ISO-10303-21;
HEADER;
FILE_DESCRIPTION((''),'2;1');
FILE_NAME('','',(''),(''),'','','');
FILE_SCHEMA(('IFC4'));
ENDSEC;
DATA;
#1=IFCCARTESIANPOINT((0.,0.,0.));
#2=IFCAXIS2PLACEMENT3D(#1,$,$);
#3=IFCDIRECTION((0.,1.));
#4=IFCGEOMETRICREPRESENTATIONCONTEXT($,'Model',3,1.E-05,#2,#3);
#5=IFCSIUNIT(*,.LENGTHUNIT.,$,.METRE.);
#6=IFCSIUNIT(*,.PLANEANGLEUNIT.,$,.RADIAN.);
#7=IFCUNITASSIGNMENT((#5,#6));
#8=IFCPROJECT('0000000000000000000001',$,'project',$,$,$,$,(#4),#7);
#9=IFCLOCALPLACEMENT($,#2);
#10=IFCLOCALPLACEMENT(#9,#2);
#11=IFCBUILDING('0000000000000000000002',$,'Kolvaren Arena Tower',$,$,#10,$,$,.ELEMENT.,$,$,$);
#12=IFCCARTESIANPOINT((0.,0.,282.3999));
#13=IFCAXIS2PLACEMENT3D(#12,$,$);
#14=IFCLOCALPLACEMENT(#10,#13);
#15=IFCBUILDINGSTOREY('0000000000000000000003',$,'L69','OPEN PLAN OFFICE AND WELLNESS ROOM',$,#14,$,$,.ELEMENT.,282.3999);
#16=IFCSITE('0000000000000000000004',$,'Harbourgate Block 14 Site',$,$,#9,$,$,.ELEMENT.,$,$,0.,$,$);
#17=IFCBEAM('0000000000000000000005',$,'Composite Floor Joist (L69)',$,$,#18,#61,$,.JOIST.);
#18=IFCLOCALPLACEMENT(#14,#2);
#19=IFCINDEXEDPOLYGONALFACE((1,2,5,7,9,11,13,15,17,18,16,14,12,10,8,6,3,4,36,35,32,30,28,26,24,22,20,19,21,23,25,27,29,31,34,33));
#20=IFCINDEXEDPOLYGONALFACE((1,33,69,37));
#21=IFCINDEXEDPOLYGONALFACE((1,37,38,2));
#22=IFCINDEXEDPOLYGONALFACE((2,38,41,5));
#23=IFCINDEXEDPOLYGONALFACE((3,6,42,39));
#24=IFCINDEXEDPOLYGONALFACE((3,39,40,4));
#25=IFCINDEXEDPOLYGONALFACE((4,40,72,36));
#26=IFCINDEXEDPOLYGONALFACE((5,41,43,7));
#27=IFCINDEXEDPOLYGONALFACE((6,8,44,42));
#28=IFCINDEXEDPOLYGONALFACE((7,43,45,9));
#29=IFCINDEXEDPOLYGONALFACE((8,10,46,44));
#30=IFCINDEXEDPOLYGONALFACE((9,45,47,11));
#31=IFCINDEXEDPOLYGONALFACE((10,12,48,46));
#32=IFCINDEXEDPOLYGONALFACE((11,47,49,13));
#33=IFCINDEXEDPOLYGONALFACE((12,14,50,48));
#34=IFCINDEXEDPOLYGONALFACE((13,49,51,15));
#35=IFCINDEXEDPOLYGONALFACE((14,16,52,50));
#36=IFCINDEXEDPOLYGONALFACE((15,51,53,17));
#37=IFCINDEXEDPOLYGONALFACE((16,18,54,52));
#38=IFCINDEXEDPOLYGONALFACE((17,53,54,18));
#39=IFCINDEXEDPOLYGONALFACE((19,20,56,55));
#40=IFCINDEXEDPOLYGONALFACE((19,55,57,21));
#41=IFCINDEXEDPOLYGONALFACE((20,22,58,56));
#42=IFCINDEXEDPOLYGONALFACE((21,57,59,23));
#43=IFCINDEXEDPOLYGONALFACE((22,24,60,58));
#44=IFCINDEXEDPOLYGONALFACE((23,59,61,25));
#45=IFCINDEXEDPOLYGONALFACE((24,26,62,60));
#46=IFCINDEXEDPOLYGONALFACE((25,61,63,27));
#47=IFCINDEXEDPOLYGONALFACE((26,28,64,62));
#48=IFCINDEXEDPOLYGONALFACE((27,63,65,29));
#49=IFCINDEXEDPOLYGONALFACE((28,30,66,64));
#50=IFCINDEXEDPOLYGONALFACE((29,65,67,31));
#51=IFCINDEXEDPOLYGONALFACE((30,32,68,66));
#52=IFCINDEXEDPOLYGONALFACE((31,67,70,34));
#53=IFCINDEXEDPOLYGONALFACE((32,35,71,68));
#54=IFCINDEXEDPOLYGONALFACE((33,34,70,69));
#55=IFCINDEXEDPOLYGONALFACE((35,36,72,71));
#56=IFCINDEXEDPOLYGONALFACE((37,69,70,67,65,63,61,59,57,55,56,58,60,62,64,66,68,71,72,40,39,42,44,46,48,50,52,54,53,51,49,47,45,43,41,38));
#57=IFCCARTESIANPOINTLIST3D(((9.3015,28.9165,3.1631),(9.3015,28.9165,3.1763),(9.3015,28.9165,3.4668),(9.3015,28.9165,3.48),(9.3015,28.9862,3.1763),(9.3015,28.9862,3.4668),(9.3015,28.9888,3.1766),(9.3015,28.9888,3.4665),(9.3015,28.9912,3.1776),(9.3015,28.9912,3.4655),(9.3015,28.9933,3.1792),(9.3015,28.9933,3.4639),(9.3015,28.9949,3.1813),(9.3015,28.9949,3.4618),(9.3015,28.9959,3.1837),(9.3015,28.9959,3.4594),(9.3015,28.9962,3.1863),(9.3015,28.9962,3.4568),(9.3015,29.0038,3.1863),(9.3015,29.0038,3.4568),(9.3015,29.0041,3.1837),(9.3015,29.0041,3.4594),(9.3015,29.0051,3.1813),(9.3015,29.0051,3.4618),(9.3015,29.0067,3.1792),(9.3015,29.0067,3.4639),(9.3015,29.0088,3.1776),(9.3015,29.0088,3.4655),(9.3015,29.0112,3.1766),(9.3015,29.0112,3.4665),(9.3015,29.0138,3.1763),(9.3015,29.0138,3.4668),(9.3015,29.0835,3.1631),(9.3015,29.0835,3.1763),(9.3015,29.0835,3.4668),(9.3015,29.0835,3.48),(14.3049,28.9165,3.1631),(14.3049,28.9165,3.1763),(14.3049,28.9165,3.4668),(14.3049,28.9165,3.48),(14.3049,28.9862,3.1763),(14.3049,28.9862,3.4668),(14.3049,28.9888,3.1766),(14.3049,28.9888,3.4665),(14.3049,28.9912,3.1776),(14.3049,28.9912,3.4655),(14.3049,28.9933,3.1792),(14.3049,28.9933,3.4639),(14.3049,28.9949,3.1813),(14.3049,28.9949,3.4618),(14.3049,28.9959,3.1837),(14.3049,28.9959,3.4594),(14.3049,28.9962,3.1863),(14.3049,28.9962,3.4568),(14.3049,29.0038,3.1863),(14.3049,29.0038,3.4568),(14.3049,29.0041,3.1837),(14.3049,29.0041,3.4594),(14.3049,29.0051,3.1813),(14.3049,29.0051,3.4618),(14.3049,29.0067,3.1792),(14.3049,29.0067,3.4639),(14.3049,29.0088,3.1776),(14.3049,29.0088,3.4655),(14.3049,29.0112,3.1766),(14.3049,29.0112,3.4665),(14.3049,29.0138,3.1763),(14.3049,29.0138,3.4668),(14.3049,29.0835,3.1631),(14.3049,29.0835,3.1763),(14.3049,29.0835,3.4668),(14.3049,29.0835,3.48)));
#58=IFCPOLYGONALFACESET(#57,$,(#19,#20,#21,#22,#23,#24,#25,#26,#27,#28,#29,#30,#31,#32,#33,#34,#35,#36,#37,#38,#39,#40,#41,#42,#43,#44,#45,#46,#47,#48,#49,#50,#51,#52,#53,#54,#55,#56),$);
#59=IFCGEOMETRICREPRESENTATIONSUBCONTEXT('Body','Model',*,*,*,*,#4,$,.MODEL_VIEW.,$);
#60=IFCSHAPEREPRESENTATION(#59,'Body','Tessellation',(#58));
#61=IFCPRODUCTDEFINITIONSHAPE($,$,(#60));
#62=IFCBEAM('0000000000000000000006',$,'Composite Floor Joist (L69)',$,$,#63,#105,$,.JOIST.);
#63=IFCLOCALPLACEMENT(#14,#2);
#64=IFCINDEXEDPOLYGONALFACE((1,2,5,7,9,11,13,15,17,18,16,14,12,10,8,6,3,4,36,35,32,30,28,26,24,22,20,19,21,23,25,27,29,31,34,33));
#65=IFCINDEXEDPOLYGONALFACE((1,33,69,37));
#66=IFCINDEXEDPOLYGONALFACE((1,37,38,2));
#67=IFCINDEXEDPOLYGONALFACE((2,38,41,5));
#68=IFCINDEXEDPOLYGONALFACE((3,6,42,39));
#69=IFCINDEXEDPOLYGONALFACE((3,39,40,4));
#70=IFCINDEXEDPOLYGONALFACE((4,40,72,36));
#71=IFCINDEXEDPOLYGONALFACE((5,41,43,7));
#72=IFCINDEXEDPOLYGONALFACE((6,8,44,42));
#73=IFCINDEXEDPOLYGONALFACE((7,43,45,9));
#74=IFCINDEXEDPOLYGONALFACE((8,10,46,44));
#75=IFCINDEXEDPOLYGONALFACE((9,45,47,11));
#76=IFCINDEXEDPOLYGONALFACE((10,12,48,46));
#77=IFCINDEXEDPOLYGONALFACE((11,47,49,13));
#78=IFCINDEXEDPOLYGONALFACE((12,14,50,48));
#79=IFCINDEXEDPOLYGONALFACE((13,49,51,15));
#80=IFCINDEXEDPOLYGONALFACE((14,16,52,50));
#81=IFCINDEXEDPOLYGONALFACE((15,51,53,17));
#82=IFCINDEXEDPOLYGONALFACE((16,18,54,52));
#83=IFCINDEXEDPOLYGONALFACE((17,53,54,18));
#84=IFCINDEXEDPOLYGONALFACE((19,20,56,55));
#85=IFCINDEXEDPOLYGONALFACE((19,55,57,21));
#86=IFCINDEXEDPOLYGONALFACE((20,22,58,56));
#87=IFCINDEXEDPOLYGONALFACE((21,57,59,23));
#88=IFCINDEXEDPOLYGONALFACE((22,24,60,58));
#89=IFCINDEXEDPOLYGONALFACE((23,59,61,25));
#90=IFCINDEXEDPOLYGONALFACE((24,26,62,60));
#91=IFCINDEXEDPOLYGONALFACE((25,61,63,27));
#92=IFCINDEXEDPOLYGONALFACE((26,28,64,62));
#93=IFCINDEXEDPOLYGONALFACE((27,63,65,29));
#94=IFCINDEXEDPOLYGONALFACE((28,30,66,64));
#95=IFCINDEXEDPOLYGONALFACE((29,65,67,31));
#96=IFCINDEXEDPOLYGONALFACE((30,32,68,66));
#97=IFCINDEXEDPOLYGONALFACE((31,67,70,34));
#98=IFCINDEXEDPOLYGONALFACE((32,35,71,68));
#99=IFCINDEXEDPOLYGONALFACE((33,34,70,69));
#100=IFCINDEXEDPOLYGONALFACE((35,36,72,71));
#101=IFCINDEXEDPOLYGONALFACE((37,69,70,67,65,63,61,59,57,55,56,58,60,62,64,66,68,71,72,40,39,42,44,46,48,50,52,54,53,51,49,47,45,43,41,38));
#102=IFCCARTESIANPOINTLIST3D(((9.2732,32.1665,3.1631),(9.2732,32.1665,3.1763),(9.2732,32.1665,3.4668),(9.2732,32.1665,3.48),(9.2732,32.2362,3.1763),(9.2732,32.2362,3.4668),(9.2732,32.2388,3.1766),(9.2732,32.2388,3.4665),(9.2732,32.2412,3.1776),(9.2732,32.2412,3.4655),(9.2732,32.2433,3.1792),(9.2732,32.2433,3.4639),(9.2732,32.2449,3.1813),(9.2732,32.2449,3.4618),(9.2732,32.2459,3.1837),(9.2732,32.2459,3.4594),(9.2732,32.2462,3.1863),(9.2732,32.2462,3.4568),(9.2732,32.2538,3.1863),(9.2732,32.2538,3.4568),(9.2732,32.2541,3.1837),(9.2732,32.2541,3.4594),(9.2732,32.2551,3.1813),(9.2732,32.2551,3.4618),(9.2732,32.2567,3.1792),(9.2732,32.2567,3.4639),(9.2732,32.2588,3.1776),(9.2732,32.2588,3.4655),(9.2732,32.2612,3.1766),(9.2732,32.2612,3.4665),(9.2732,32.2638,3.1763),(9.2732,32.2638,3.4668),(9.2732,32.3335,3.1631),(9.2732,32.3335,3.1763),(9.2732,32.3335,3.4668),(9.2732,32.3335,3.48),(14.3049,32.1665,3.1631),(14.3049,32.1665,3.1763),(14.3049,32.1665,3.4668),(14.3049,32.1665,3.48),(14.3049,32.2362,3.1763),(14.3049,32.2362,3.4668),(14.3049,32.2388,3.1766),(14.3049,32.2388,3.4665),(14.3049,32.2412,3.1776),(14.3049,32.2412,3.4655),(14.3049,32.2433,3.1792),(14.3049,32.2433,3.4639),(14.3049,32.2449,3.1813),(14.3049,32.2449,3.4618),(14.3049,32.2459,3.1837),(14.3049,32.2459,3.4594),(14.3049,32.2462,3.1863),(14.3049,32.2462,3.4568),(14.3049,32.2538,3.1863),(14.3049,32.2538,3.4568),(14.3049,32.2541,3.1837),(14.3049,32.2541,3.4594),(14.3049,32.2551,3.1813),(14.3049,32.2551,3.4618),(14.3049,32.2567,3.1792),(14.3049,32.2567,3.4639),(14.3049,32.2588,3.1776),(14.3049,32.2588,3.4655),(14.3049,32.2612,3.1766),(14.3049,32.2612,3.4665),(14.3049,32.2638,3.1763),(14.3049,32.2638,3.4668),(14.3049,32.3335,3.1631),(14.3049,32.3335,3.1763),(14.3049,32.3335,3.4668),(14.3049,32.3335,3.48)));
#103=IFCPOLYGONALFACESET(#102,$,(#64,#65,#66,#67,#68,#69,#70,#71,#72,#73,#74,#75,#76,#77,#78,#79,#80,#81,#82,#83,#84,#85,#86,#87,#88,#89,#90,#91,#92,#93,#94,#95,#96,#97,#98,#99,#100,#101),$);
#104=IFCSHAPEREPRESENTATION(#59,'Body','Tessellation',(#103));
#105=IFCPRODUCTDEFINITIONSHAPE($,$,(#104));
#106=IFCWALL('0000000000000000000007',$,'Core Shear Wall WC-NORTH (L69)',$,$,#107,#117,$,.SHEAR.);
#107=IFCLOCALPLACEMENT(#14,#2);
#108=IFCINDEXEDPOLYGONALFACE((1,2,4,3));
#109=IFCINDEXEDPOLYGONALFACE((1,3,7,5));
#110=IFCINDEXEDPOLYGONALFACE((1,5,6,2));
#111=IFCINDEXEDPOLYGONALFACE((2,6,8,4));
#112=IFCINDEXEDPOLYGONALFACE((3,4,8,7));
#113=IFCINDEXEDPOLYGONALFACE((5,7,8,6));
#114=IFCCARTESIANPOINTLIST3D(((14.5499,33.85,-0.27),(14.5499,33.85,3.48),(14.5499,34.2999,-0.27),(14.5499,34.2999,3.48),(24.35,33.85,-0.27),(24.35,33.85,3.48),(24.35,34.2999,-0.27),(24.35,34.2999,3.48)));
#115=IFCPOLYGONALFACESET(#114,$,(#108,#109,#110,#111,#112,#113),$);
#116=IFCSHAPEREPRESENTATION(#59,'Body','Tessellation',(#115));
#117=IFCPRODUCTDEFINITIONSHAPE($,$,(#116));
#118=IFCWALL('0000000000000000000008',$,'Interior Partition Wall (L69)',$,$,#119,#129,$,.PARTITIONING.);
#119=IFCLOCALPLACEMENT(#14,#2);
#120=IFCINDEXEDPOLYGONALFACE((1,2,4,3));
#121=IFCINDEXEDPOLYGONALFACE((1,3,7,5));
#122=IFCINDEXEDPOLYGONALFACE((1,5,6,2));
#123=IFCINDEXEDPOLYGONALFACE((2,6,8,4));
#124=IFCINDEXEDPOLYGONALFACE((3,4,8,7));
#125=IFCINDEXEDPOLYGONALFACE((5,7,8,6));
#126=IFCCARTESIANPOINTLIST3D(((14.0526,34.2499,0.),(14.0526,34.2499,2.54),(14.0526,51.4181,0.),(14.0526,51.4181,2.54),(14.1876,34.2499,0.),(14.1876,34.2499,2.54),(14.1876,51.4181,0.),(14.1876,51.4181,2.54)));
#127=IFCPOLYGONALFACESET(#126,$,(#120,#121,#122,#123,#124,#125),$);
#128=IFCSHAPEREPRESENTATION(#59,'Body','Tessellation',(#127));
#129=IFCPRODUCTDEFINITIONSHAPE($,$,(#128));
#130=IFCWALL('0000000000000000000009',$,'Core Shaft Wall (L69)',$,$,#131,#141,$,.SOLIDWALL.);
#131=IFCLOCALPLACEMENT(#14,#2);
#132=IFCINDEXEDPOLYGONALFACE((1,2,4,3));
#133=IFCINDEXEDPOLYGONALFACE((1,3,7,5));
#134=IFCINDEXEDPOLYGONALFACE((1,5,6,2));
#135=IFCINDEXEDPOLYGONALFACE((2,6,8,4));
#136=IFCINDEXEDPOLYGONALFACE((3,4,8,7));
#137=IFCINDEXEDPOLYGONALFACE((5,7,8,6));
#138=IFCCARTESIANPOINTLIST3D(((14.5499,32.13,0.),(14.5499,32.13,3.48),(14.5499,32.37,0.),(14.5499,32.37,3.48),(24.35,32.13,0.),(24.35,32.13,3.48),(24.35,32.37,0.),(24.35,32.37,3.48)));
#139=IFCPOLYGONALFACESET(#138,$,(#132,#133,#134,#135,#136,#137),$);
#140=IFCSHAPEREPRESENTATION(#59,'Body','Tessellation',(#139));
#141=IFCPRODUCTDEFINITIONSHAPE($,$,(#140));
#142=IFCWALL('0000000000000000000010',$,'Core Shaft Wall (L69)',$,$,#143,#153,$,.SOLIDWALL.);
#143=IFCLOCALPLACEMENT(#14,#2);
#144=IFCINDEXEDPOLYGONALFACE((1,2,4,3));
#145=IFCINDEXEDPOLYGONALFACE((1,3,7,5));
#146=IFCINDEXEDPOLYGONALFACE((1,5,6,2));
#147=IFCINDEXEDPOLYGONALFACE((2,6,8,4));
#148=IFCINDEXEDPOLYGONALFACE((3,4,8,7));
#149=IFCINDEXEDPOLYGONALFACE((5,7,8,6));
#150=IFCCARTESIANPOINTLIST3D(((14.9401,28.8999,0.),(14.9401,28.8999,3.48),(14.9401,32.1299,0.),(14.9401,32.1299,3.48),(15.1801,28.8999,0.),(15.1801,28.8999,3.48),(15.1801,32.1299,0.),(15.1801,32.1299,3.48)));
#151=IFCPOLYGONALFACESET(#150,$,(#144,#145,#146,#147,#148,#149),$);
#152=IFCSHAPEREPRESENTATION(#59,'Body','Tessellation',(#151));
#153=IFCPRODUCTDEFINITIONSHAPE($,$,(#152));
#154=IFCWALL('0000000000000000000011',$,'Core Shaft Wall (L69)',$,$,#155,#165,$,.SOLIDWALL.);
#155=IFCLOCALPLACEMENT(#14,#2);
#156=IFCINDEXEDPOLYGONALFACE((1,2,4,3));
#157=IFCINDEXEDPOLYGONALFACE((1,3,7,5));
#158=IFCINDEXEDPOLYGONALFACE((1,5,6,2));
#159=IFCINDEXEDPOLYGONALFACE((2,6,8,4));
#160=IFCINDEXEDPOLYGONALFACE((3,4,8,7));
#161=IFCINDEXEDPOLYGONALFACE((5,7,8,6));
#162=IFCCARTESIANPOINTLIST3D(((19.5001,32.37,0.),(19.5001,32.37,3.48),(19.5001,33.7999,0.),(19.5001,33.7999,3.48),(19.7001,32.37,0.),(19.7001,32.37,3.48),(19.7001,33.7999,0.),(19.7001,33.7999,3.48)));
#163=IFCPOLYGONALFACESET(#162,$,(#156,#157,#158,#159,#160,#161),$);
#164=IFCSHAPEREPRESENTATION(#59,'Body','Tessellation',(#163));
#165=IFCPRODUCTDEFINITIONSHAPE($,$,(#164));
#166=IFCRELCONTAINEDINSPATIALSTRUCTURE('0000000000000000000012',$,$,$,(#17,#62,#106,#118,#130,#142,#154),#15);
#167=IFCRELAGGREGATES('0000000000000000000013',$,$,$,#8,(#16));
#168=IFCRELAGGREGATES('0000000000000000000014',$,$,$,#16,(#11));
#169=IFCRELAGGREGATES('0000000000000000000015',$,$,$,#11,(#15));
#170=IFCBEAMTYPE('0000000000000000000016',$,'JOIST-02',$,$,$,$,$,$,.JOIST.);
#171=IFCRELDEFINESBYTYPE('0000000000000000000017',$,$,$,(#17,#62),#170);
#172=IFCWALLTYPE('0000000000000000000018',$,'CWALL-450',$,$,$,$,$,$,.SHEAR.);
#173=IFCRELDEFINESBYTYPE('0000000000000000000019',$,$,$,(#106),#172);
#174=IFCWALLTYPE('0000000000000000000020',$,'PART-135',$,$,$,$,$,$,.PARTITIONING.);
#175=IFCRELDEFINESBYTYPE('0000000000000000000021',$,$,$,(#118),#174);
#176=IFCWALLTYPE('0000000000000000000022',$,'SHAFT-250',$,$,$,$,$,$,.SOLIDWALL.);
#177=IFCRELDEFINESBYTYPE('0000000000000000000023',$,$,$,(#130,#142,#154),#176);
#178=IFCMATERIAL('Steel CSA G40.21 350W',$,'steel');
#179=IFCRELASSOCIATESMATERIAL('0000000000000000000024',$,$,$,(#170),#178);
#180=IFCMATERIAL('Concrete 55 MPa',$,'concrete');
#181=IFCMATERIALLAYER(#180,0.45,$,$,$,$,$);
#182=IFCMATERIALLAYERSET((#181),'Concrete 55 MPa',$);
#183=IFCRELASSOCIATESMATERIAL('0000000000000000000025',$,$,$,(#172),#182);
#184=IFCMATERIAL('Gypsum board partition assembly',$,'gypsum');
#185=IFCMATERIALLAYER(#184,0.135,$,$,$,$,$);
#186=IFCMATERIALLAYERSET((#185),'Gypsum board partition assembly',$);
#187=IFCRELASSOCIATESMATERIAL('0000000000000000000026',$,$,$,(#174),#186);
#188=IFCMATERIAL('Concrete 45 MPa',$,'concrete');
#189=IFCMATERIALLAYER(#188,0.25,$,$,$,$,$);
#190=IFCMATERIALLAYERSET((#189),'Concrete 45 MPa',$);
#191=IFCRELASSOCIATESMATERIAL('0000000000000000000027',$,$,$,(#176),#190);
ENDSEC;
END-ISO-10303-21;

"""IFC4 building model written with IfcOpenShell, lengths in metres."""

from ifc_helpers import new_model, si_unit, direction, frame, frame_2d, origin, origin_2d, place, context, subcontext, project, spatial, rectangle, i_section, extrude, material, layer, layer_set, material_profile, profile_set, type_object, element, save


model = new_model("IFC4")

# Units and contexts
model_context = context("Model", 3, precision=1e-05, world=origin(), true_north=direction((0.0, 1.0)))
body_context = subcontext(model_context, "Body", "Model", "MODEL_VIEW")
ifc_project = project(units=[si_unit("LENGTHUNIT", "METRE"), si_unit("PLANEANGLEUNIT", "RADIAN")], contexts=[model_context])

# Site, building, storey
site_placement = place(None, origin())
site = spatial("IfcSite", under=ifc_project, at=site_placement, Name="Harbourgate Block 14 Site", CompositionType="ELEMENT", RefElevation=0.0)
building_placement = place(site_placement, origin())
building = spatial("IfcBuilding", under=site, at=building_placement, Name="Kolvaren Arena Tower", CompositionType="ELEMENT")
storey_placement = place(building_placement, frame((0.0, 0.0, 282.3999)))
storey = spatial("IfcBuildingStorey", under=building, at=storey_placement, Name="L69", Description="OPEN PLAN OFFICE AND WELLNESS ROOM", CompositionType="ELEMENT", Elevation=282.3999)

# Beams
ifc_material_1 = material(Name="Steel CSA G40.21 350W", Category="steel")
ifc_material_profile_1 = material_profile(ifc_material_1, i_section(OverallWidth=0.167, OverallDepth=0.3169, WebThickness=0.0076, FlangeThickness=0.0132, FilletRadius=0.01, at=origin_2d()), Name="W310x52")
ifc_profile_set_1 = profile_set([ifc_material_profile_1], Name="Steel CSA G40.21 350W")
beam_type_1 = type_object("IfcBeamType", Name="JOIST-02", PredefinedType="JOIST", material=ifc_profile_set_1)
beam_1_placement = place(storey_placement, frame((9.3015, 29.0, 3.3215), z_axis=(1.0, 0.0, 0.0), x_axis=(0.0, 1.0, 0.0)))
element("IfcBeam", 1, at=beam_1_placement, inside=storey, type_object=beam_type_1, Name="Composite Floor Joist (L69)", PredefinedType="JOIST", context=body_context, shape_type="SweptSolid", body=[
    extrude(i_section(OverallWidth=0.167, OverallDepth=0.3169, WebThickness=0.0076, FlangeThickness=0.0132, FilletRadius=0.01, at=origin_2d()), origin(), (0.0, 0.0, 1.0), 5.0034),
])
beam_2_placement = place(storey_placement, frame((9.2732, 32.25, 3.3215), z_axis=(1.0, 0.0, 0.0), x_axis=(0.0, 1.0, 0.0)))
element("IfcBeam", 2, at=beam_2_placement, inside=storey, type_object=beam_type_1, Name="Composite Floor Joist (L69)", PredefinedType="JOIST", context=body_context, shape_type="SweptSolid", body=[
    extrude(i_section(OverallWidth=0.167, OverallDepth=0.3169, WebThickness=0.0076, FlangeThickness=0.0132, FilletRadius=0.01, at=origin_2d()), origin(), (0.0, 0.0, 1.0), 5.0317),
])

# Walls
ifc_material_2 = material(Name="Concrete 55 MPa", Category="concrete")
ifc_layer_1 = layer(ifc_material_2, 0.45)
ifc_layer_set_1 = layer_set([ifc_layer_1], Name="Concrete 55 MPa")
wall_type_1 = type_object("IfcWallType", Name="CWALL-450", PredefinedType="SHEAR", material=ifc_layer_set_1)
wall_1_placement = place(storey_placement, frame((14.55, 34.075, -0.27), z_axis=(0.0, 0.0, 1.0), x_axis=(1.0, 0.0, 0.0)))
element("IfcWall", 3, at=wall_1_placement, inside=storey, type_object=wall_type_1, Name="Core Shear Wall WC-NORTH (L69)", PredefinedType="SHEAR", context=body_context, shape_type="SweptSolid", body=[
    extrude(rectangle(XDim=9.8, YDim=0.45, at=frame_2d((4.8999, 0.0))), origin(), (0.0, 0.0, 1.0), 3.75),
])
ifc_material_3 = material(Name="Gypsum board partition assembly", Category="gypsum")
ifc_layer_2 = layer(ifc_material_3, 0.135)
ifc_layer_set_2 = layer_set([ifc_layer_2], Name="Gypsum board partition assembly")
wall_type_2 = type_object("IfcWallType", Name="PART-135", PredefinedType="PARTITIONING", material=ifc_layer_set_2)
wall_2_placement = place(storey_placement, frame((14.1201, 34.25, 0.0), z_axis=(0.0, 0.0, 1.0), x_axis=(0.0, 1.0, 0.0)))
element("IfcWall", 4, at=wall_2_placement, inside=storey, type_object=wall_type_2, Name="Interior Partition Wall (L69)", PredefinedType="PARTITIONING", context=body_context, shape_type="SweptSolid", body=[
    extrude(rectangle(XDim=17.1682, YDim=0.135, at=frame_2d((8.584, 0.0))), origin(), (0.0, 0.0, 1.0), 2.54),
])
ifc_material_4 = material(Name="Concrete 45 MPa", Category="concrete")
ifc_layer_3 = layer(ifc_material_4, 0.25)
ifc_layer_set_3 = layer_set([ifc_layer_3], Name="Concrete 45 MPa")
wall_type_3 = type_object("IfcWallType", Name="SHAFT-250", PredefinedType="SOLIDWALL", material=ifc_layer_set_3)
wall_3_placement = place(storey_placement, frame((14.55, 32.25, 0.0), z_axis=(0.0, 0.0, 1.0), x_axis=(1.0, 0.0, 0.0)))
element("IfcWall", 5, at=wall_3_placement, inside=storey, type_object=wall_type_3, Name="Core Shaft Wall (L69)", PredefinedType="SOLIDWALL", context=body_context, shape_type="SweptSolid", body=[
    extrude(rectangle(XDim=9.8, YDim=0.24, at=frame_2d((4.8999, 0.0))), origin(), (0.0, 0.0, 1.0), 3.48),
])
wall_4_placement = place(storey_placement, frame((15.0601, 28.8999, 0.0), z_axis=(0.0, 0.0, 1.0), x_axis=(0.0, 1.0, 0.0)))
element("IfcWall", 6, at=wall_4_placement, inside=storey, type_object=wall_type_3, Name="Core Shaft Wall (L69)", PredefinedType="SOLIDWALL", context=body_context, shape_type="SweptSolid", body=[
    extrude(rectangle(XDim=3.23, YDim=0.24, at=frame_2d((1.615, 0.0))), origin(), (0.0, 0.0, 1.0), 3.48),
])
wall_5_placement = place(storey_placement, frame((19.6001, 32.3701, 0.0), z_axis=(0.0, 0.0, 1.0), x_axis=(0.0, 1.0, 0.0)))
element("IfcWall", 7, at=wall_5_placement, inside=storey, type_object=wall_type_3, Name="Core Shaft Wall (L69)", PredefinedType="SOLIDWALL", context=body_context, shape_type="SweptSolid", body=[
    extrude(rectangle(XDim=1.4299, YDim=0.2, at=frame_2d((0.7148, 0.0))), origin(), (0.0, 0.0, 1.0), 3.48),
])

save(model, "model.ifc")
